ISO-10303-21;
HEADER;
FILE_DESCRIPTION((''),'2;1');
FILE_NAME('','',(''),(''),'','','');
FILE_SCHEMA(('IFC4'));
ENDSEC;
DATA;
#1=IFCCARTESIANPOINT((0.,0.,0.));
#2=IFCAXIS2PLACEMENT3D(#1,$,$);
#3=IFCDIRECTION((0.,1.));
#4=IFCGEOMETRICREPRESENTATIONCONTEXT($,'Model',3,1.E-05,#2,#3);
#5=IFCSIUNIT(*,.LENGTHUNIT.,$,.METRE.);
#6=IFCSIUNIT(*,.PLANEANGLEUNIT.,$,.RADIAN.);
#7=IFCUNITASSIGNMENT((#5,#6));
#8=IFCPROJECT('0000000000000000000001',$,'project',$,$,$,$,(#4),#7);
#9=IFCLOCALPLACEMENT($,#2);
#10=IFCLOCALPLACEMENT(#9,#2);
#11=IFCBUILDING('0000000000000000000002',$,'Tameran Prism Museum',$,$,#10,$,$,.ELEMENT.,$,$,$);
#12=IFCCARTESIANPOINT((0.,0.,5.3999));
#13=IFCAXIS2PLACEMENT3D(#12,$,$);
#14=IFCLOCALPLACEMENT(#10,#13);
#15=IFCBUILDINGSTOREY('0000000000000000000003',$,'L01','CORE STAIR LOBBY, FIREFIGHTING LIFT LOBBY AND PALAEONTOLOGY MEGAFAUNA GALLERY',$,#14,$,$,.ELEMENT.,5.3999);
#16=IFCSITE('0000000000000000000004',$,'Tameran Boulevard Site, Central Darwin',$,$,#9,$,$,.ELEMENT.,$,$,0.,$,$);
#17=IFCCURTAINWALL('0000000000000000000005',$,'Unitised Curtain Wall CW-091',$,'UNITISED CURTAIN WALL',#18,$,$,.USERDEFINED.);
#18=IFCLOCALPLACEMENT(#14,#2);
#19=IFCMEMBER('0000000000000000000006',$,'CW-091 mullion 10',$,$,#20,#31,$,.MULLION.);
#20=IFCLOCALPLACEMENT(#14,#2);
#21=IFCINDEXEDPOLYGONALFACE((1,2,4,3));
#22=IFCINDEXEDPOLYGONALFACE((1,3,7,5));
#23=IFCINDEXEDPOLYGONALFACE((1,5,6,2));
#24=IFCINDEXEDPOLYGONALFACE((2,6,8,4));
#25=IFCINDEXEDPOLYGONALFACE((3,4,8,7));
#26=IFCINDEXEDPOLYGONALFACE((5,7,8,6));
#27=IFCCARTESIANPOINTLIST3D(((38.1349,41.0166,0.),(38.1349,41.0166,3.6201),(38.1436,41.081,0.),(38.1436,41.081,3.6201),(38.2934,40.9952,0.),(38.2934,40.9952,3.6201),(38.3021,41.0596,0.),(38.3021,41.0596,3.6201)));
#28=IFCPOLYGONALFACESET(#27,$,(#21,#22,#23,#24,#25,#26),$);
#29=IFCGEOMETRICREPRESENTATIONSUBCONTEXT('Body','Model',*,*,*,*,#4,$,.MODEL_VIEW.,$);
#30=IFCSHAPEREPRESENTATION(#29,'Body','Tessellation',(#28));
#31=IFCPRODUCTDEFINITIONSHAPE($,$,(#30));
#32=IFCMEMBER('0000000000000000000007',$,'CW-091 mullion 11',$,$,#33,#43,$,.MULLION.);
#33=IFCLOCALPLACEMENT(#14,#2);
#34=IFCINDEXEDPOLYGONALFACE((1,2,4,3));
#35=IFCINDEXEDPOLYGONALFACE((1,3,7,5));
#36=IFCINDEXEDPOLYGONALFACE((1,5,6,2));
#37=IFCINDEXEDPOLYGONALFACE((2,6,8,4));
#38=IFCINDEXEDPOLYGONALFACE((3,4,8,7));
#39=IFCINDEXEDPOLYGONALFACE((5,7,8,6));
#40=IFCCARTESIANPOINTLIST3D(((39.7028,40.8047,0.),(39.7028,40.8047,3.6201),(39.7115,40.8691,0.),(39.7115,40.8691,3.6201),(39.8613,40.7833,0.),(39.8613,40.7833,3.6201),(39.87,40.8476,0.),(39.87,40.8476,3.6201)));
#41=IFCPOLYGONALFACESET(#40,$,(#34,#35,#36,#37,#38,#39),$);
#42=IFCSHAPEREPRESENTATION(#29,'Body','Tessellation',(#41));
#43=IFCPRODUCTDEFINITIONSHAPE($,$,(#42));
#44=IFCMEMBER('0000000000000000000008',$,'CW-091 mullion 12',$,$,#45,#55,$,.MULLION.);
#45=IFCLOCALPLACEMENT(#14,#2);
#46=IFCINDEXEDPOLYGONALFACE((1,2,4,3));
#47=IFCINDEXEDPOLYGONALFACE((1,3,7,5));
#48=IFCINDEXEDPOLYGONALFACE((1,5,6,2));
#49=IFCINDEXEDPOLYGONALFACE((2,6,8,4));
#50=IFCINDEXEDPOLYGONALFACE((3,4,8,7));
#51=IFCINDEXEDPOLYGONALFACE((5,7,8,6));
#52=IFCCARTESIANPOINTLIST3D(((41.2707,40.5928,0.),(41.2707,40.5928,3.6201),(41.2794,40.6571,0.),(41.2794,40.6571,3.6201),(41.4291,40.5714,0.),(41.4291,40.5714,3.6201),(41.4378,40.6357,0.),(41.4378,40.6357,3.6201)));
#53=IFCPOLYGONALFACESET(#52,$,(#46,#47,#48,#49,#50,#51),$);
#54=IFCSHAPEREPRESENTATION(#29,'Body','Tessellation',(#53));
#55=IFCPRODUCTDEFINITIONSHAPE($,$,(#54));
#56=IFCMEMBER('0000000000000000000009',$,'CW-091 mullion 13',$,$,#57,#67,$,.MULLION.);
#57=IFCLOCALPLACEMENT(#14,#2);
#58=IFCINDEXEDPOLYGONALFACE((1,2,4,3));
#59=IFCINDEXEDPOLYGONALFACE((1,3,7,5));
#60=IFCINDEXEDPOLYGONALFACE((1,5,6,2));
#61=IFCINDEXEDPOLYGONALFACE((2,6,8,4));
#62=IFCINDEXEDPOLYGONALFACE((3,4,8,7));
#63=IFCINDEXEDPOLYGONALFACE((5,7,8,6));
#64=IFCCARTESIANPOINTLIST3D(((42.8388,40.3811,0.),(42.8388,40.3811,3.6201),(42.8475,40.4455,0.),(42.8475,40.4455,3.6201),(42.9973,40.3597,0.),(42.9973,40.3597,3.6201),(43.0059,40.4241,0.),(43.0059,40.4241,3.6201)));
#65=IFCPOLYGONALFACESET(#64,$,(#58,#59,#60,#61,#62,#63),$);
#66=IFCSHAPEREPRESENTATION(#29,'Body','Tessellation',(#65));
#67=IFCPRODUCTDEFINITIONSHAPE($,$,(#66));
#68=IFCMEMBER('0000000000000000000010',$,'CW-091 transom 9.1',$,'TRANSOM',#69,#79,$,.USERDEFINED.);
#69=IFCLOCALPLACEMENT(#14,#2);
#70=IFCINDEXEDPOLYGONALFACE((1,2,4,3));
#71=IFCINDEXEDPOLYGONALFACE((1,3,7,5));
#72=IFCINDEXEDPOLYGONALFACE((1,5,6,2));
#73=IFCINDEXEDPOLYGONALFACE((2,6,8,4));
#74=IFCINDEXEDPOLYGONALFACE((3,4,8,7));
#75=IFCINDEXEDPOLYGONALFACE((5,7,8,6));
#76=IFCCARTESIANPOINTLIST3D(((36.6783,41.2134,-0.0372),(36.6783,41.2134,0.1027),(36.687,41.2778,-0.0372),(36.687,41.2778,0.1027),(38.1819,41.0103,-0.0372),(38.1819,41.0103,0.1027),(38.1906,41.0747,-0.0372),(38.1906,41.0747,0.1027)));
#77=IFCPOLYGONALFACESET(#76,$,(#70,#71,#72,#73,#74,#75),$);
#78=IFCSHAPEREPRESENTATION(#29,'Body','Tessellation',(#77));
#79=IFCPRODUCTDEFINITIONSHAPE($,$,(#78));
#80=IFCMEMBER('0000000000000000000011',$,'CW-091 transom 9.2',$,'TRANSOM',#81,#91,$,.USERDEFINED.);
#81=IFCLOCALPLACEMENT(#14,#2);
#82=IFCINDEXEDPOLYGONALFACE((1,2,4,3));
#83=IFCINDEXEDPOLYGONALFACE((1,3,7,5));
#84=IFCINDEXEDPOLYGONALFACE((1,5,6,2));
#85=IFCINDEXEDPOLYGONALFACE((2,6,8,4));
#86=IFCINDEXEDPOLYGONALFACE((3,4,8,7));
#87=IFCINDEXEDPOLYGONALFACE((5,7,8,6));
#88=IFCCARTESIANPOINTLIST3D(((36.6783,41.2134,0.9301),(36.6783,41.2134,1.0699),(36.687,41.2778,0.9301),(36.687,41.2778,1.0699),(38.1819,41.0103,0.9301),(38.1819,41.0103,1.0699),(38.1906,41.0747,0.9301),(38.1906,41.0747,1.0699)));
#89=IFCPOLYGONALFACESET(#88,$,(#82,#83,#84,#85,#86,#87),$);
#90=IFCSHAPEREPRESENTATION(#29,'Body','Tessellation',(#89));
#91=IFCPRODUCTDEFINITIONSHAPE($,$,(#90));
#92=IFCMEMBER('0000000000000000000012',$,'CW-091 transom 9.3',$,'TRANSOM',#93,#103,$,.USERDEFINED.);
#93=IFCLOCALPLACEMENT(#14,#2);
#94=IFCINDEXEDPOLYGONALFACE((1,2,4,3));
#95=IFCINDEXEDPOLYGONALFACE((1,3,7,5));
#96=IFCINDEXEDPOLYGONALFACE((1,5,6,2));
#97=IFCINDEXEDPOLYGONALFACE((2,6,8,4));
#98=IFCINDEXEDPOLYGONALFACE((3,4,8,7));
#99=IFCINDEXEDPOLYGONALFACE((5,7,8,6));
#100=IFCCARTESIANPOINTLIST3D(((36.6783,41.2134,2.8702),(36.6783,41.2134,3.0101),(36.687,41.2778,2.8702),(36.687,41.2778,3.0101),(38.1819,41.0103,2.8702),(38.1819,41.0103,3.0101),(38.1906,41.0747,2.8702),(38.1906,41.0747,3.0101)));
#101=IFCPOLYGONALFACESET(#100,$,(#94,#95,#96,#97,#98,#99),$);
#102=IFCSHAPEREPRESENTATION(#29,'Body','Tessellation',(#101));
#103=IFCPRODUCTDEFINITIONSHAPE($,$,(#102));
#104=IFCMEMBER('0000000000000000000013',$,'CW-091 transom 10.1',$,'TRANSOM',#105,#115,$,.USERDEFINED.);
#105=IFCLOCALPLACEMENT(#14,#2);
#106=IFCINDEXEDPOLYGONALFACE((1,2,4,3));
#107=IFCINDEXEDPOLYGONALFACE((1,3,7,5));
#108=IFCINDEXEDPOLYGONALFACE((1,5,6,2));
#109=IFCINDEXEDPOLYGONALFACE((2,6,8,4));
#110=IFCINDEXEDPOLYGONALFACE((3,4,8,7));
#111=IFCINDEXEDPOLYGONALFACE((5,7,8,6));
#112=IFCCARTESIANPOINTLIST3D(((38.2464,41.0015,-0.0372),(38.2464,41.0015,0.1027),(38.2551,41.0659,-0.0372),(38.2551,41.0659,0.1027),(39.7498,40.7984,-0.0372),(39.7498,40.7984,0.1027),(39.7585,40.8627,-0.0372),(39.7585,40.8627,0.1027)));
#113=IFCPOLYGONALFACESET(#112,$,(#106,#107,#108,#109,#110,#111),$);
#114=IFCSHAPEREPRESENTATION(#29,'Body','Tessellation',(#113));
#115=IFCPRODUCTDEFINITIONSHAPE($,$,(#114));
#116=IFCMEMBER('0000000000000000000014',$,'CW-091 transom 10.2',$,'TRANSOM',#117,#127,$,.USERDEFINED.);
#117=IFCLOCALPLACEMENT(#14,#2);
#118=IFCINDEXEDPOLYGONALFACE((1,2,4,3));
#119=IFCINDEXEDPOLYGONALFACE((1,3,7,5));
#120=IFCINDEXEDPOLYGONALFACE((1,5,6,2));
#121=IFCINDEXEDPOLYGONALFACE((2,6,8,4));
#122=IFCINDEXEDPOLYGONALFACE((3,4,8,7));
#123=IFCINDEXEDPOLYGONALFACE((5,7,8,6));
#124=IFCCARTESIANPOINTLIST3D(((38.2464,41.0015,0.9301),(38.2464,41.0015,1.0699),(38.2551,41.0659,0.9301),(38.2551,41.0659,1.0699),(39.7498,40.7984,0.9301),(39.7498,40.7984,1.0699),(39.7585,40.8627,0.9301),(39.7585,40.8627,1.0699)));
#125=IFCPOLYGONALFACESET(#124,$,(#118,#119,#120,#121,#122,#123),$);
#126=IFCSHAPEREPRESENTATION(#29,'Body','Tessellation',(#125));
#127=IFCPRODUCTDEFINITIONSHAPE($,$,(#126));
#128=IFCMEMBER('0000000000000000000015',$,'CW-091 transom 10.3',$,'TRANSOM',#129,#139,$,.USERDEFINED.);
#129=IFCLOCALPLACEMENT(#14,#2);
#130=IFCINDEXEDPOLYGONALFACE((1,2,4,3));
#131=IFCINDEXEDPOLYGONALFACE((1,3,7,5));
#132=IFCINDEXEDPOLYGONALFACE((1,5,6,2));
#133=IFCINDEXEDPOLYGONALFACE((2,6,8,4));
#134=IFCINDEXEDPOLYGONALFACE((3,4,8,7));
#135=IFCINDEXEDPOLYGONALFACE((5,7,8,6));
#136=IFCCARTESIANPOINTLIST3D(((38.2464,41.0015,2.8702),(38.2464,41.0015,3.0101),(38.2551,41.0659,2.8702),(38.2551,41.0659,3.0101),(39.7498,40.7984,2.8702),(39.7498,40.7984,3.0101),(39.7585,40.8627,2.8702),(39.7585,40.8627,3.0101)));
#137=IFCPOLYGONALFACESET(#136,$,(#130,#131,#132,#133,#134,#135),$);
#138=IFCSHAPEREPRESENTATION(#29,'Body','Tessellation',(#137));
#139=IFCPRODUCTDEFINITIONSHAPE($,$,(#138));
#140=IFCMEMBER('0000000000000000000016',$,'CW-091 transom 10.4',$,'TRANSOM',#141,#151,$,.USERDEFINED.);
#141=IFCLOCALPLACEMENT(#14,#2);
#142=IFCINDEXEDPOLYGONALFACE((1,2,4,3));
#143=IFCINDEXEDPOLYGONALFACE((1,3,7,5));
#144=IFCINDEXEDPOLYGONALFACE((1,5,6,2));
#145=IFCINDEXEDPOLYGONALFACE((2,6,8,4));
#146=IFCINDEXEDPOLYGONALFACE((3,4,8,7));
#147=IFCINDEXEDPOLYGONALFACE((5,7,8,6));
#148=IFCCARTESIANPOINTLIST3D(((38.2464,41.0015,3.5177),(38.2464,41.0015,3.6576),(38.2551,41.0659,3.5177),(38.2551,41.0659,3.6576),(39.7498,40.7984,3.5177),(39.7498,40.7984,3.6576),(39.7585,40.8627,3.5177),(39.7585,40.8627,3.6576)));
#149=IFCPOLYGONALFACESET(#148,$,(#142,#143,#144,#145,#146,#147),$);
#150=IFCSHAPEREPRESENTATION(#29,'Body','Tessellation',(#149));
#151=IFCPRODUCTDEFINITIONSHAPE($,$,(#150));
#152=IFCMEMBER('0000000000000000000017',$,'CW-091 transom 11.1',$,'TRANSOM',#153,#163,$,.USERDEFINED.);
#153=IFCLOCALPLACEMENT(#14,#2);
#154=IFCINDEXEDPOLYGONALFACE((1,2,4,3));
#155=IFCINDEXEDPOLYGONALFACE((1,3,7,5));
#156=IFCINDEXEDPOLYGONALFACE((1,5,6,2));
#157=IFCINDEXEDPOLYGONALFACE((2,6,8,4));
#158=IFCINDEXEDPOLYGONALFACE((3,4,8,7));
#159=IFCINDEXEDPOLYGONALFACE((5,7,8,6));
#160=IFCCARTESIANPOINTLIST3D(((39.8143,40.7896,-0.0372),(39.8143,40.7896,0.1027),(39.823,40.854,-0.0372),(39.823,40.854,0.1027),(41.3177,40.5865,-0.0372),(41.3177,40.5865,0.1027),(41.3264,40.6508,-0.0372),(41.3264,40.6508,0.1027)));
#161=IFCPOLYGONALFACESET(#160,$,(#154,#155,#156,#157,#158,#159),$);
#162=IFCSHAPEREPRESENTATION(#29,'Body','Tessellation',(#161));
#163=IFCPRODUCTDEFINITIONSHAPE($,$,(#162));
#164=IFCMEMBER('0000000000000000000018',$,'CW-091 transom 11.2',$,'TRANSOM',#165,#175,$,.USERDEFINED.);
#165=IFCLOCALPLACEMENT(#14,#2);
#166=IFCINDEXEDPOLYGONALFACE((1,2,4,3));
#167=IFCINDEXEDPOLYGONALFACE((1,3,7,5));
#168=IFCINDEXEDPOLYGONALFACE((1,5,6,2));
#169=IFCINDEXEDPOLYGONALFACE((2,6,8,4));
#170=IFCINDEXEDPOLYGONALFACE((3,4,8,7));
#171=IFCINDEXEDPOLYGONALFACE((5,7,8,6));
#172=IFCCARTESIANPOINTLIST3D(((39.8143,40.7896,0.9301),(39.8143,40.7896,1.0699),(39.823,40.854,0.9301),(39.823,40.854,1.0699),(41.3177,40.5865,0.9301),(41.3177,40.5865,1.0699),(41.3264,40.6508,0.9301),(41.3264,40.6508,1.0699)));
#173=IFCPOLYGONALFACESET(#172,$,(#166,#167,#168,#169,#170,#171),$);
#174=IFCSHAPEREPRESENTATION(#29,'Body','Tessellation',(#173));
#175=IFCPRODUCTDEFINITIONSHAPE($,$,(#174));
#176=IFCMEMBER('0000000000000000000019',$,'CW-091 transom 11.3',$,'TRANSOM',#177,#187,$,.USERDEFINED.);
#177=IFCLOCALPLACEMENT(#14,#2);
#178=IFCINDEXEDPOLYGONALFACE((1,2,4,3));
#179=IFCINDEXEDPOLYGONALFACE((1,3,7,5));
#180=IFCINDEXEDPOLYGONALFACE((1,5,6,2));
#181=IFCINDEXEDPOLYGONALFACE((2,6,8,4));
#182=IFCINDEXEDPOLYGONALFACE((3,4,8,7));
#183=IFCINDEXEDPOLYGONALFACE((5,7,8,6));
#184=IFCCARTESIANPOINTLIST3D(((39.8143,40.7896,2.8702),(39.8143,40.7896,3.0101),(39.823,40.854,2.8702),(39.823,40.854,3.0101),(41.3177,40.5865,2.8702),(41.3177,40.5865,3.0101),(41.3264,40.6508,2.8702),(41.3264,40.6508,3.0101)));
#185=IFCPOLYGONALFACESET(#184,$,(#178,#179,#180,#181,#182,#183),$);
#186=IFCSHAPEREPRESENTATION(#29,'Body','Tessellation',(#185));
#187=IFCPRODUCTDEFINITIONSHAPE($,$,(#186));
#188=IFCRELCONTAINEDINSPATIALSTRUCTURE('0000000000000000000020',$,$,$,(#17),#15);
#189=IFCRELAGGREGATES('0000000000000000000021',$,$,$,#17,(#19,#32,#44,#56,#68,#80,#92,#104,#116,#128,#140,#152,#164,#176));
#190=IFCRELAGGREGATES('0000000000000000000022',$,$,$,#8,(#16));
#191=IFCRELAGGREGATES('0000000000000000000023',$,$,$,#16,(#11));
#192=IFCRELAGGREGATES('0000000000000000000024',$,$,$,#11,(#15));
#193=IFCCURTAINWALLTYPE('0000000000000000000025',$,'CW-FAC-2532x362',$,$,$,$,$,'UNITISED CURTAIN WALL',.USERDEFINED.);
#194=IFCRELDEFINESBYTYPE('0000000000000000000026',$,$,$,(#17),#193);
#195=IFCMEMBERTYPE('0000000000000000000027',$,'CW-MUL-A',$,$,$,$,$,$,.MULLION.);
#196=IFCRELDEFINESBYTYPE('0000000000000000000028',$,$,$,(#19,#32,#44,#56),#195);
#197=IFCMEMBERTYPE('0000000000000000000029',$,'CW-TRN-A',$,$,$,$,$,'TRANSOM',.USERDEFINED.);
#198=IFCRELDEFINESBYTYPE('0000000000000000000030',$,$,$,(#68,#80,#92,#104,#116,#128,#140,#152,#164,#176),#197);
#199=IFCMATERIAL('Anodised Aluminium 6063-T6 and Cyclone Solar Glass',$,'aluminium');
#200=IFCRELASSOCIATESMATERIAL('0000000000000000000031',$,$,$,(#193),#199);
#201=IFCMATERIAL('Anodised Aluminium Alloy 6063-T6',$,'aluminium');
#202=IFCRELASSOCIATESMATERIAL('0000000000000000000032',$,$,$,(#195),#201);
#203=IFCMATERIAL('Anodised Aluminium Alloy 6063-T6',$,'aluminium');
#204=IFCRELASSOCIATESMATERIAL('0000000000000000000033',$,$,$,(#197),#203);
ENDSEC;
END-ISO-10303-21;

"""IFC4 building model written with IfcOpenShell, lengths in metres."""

from ifc_helpers import new_model, si_unit, direction, frame, origin, origin_2d, place, context, subcontext, project, spatial, rectangle, extrude, material, material_profile, profile_set, type_object, element, aggregate, save


model = new_model("IFC4")

# Units and contexts
model_context = context("Model", 3, precision=1e-05, world=origin(), true_north=direction((0.0, 1.0)))
body_context = subcontext(model_context, "Body", "Model", "MODEL_VIEW")
ifc_project = project(units=[si_unit("LENGTHUNIT", "METRE"), si_unit("PLANEANGLEUNIT", "RADIAN")], contexts=[model_context])

# Site, building, storey
site_placement = place(None, origin())
site = spatial("IfcSite", under=ifc_project, at=site_placement, Name="Tameran Boulevard Site, Central Darwin", CompositionType="ELEMENT", RefElevation=0.0)
building_placement = place(site_placement, origin())
building = spatial("IfcBuilding", under=site, at=building_placement, Name="Tameran Prism Museum", CompositionType="ELEMENT")
storey_placement = place(building_placement, frame((0.0, 0.0, 5.3999)))
storey = spatial("IfcBuildingStorey", under=building, at=storey_placement, Name="L01", Description="CORE STAIR LOBBY, FIREFIGHTING LIFT LOBBY AND PALAEONTOLOGY MEGAFAUNA GALLERY", CompositionType="ELEMENT", Elevation=5.3999)

# Curtain wall, members
ifc_material_1 = material(Name="Anodised Aluminium 6063-T6 and Cyclone Solar Glass", Category="aluminium")
curtain_wall_type = type_object("IfcCurtainWallType", Name="CW-FAC-2532x362", ElementType="UNITISED CURTAIN WALL", PredefinedType="USERDEFINED", material=ifc_material_1)
curtain_wall_placement = place(storey_placement, origin())
curtain_wall = element("IfcCurtainWall", 1, at=curtain_wall_placement, inside=storey, type_object=curtain_wall_type, Name="Unitised Curtain Wall CW-091", ObjectType="UNITISED CURTAIN WALL", PredefinedType="USERDEFINED")
ifc_material_2 = material(Name="Anodised Aluminium Alloy 6063-T6", Category="aluminium")
ifc_material_profile_1 = material_profile(ifc_material_2, rectangle(XDim=0.0649, YDim=0.1599, at=origin_2d()))
ifc_profile_set_1 = profile_set([ifc_material_profile_1])
member_type_1 = type_object("IfcMemberType", Name="CW-MUL-A", PredefinedType="MULLION", material=ifc_profile_set_1)
member_1_placement = place(storey_placement, frame((38.2185, 41.0381, 0.0), z_axis=(0.0, 0.0, 1.0), x_axis=(0.133913, 0.990993, 0.0)))
member_1 = element("IfcMember", 2, at=member_1_placement, type_object=member_type_1, Name="CW-091 mullion 10", PredefinedType="MULLION", context=body_context, shape_type="SweptSolid", body=[
    extrude(rectangle(XDim=0.0649, YDim=0.1599, at=origin_2d()), origin(), (0.0, 0.0, 1.0), 3.6201),
])
member_2_placement = place(storey_placement, frame((39.7864, 40.8262, 0.0), z_axis=(0.0, 0.0, 1.0), x_axis=(0.133913, 0.990993, 0.0)))
member_2 = element("IfcMember", 3, at=member_2_placement, type_object=member_type_1, Name="CW-091 mullion 11", PredefinedType="MULLION", context=body_context, shape_type="SweptSolid", body=[
    extrude(rectangle(XDim=0.0649, YDim=0.1599, at=origin_2d()), origin(), (0.0, 0.0, 1.0), 3.6201),
])
member_3_placement = place(storey_placement, frame((41.3542, 40.6143, 0.0), z_axis=(0.0, 0.0, 1.0), x_axis=(0.133913, 0.990993, 0.0)))
member_3 = element("IfcMember", 4, at=member_3_placement, type_object=member_type_1, Name="CW-091 mullion 12", PredefinedType="MULLION", context=body_context, shape_type="SweptSolid", body=[
    extrude(rectangle(XDim=0.0649, YDim=0.1599, at=origin_2d()), origin(), (0.0, 0.0, 1.0), 3.6201),
])
member_4_placement = place(storey_placement, frame((42.9224, 40.4026, 0.0), z_axis=(0.0, 0.0, 1.0), x_axis=(0.133913, 0.990993, 0.0)))
member_4 = element("IfcMember", 5, at=member_4_placement, type_object=member_type_1, Name="CW-091 mullion 13", PredefinedType="MULLION", context=body_context, shape_type="SweptSolid", body=[
    extrude(rectangle(XDim=0.0649, YDim=0.1599, at=origin_2d()), origin(), (0.0, 0.0, 1.0), 3.6201),
])
ifc_material_3 = material(Name="Anodised Aluminium Alloy 6063-T6", Category="aluminium")
ifc_material_profile_2 = material_profile(ifc_material_3, rectangle(XDim=0.0649, YDim=0.1399, at=origin_2d()))
ifc_profile_set_2 = profile_set([ifc_material_profile_2])
member_type_2 = type_object("IfcMemberType", Name="CW-TRN-A", ElementType="TRANSOM", PredefinedType="USERDEFINED", material=ifc_profile_set_2)
member_5_placement = place(storey_placement, frame((36.6826, 41.2456, 0.0327), z_axis=(0.990999, -0.133871, 0.0), x_axis=(0.133871, 0.990999, 0.0)))
member_5 = element("IfcMember", 6, at=member_5_placement, type_object=member_type_2, Name="CW-091 transom 9.1", ObjectType="TRANSOM", PredefinedType="USERDEFINED", context=body_context, shape_type="SweptSolid", body=[
    extrude(rectangle(XDim=0.0649, YDim=0.1399, at=origin_2d()), origin(), (0.0, 0.0, 1.0), 1.5173),
])
member_6_placement = place(storey_placement, frame((36.6826, 41.2456, 1.0), z_axis=(0.990999, -0.133871, 0.0), x_axis=(0.133871, 0.990999, 0.0)))
member_6 = element("IfcMember", 7, at=member_6_placement, type_object=member_type_2, Name="CW-091 transom 9.2", ObjectType="TRANSOM", PredefinedType="USERDEFINED", context=body_context, shape_type="SweptSolid", body=[
    extrude(rectangle(XDim=0.0649, YDim=0.1399, at=origin_2d()), origin(), (0.0, 0.0, 1.0), 1.5173),
])
member_7_placement = place(storey_placement, frame((36.6826, 41.2456, 2.9402), z_axis=(0.990999, -0.133871, 0.0), x_axis=(0.133871, 0.990999, 0.0)))
member_7 = element("IfcMember", 8, at=member_7_placement, type_object=member_type_2, Name="CW-091 transom 9.3", ObjectType="TRANSOM", PredefinedType="USERDEFINED", context=body_context, shape_type="SweptSolid", body=[
    extrude(rectangle(XDim=0.0649, YDim=0.1399, at=origin_2d()), origin(), (0.0, 0.0, 1.0), 1.5173),
])
member_8_placement = place(storey_placement, frame((38.2507, 41.0337, 0.0327), z_axis=(0.990996, -0.133892, 0.0), x_axis=(0.133892, 0.990996, 0.0)))
member_8 = element("IfcMember", 9, at=member_8_placement, type_object=member_type_2, Name="CW-091 transom 10.1", ObjectType="TRANSOM", PredefinedType="USERDEFINED", context=body_context, shape_type="SweptSolid", body=[
    extrude(rectangle(XDim=0.0649, YDim=0.1399, at=origin_2d()), origin(), (0.0, 0.0, 1.0), 1.5171),
])
member_9_placement = place(storey_placement, frame((38.2507, 41.0337, 1.0), z_axis=(0.990996, -0.133892, 0.0), x_axis=(0.133892, 0.990996, 0.0)))
member_9 = element("IfcMember", 10, at=member_9_placement, type_object=member_type_2, Name="CW-091 transom 10.2", ObjectType="TRANSOM", PredefinedType="USERDEFINED", context=body_context, shape_type="SweptSolid", body=[
    extrude(rectangle(XDim=0.0649, YDim=0.1399, at=origin_2d()), origin(), (0.0, 0.0, 1.0), 1.5171),
])
member_10_placement = place(storey_placement, frame((38.2507, 41.0337, 2.9402), z_axis=(0.990996, -0.133892, 0.0), x_axis=(0.133892, 0.990996, 0.0)))
member_10 = element("IfcMember", 11, at=member_10_placement, type_object=member_type_2, Name="CW-091 transom 10.3", ObjectType="TRANSOM", PredefinedType="USERDEFINED", context=body_context, shape_type="SweptSolid", body=[
    extrude(rectangle(XDim=0.0649, YDim=0.1399, at=origin_2d()), origin(), (0.0, 0.0, 1.0), 1.5171),
])
member_11_placement = place(storey_placement, frame((38.2507, 41.0337, 3.5876), z_axis=(0.990996, -0.133892, 0.0), x_axis=(0.133892, 0.990996, 0.0)))
member_11 = element("IfcMember", 12, at=member_11_placement, type_object=member_type_2, Name="CW-091 transom 10.4", ObjectType="TRANSOM", PredefinedType="USERDEFINED", context=body_context, shape_type="SweptSolid", body=[
    extrude(rectangle(XDim=0.0649, YDim=0.1399, at=origin_2d()), origin(), (0.0, 0.0, 1.0), 1.5171),
])
member_12_placement = place(storey_placement, frame((39.8186, 40.8218, 0.0327), z_axis=(0.990996, -0.133892, 0.0), x_axis=(0.133892, 0.990996, 0.0)))
member_12 = element("IfcMember", 13, at=member_12_placement, type_object=member_type_2, Name="CW-091 transom 11.1", ObjectType="TRANSOM", PredefinedType="USERDEFINED", context=body_context, shape_type="SweptSolid", body=[
    extrude(rectangle(XDim=0.0649, YDim=0.1399, at=origin_2d()), origin(), (0.0, 0.0, 1.0), 1.5171),
])
member_13_placement = place(storey_placement, frame((39.8186, 40.8218, 1.0), z_axis=(0.990996, -0.133892, 0.0), x_axis=(0.133892, 0.990996, 0.0)))
member_13 = element("IfcMember", 14, at=member_13_placement, type_object=member_type_2, Name="CW-091 transom 11.2", ObjectType="TRANSOM", PredefinedType="USERDEFINED", context=body_context, shape_type="SweptSolid", body=[
    extrude(rectangle(XDim=0.0649, YDim=0.1399, at=origin_2d()), origin(), (0.0, 0.0, 1.0), 1.5171),
])
member_14_placement = place(storey_placement, frame((39.8186, 40.8218, 2.9402), z_axis=(0.990996, -0.133892, 0.0), x_axis=(0.133892, 0.990996, 0.0)))
member_14 = element("IfcMember", 15, at=member_14_placement, type_object=member_type_2, Name="CW-091 transom 11.3", ObjectType="TRANSOM", PredefinedType="USERDEFINED", context=body_context, shape_type="SweptSolid", body=[
    extrude(rectangle(XDim=0.0649, YDim=0.1399, at=origin_2d()), origin(), (0.0, 0.0, 1.0), 1.5171),
])
aggregate(curtain_wall, [member_1, member_2, member_3, member_4, member_5, member_6, member_7, member_8, member_9, member_10, member_11, member_12, member_13, member_14])

save(model, "model.ifc")
